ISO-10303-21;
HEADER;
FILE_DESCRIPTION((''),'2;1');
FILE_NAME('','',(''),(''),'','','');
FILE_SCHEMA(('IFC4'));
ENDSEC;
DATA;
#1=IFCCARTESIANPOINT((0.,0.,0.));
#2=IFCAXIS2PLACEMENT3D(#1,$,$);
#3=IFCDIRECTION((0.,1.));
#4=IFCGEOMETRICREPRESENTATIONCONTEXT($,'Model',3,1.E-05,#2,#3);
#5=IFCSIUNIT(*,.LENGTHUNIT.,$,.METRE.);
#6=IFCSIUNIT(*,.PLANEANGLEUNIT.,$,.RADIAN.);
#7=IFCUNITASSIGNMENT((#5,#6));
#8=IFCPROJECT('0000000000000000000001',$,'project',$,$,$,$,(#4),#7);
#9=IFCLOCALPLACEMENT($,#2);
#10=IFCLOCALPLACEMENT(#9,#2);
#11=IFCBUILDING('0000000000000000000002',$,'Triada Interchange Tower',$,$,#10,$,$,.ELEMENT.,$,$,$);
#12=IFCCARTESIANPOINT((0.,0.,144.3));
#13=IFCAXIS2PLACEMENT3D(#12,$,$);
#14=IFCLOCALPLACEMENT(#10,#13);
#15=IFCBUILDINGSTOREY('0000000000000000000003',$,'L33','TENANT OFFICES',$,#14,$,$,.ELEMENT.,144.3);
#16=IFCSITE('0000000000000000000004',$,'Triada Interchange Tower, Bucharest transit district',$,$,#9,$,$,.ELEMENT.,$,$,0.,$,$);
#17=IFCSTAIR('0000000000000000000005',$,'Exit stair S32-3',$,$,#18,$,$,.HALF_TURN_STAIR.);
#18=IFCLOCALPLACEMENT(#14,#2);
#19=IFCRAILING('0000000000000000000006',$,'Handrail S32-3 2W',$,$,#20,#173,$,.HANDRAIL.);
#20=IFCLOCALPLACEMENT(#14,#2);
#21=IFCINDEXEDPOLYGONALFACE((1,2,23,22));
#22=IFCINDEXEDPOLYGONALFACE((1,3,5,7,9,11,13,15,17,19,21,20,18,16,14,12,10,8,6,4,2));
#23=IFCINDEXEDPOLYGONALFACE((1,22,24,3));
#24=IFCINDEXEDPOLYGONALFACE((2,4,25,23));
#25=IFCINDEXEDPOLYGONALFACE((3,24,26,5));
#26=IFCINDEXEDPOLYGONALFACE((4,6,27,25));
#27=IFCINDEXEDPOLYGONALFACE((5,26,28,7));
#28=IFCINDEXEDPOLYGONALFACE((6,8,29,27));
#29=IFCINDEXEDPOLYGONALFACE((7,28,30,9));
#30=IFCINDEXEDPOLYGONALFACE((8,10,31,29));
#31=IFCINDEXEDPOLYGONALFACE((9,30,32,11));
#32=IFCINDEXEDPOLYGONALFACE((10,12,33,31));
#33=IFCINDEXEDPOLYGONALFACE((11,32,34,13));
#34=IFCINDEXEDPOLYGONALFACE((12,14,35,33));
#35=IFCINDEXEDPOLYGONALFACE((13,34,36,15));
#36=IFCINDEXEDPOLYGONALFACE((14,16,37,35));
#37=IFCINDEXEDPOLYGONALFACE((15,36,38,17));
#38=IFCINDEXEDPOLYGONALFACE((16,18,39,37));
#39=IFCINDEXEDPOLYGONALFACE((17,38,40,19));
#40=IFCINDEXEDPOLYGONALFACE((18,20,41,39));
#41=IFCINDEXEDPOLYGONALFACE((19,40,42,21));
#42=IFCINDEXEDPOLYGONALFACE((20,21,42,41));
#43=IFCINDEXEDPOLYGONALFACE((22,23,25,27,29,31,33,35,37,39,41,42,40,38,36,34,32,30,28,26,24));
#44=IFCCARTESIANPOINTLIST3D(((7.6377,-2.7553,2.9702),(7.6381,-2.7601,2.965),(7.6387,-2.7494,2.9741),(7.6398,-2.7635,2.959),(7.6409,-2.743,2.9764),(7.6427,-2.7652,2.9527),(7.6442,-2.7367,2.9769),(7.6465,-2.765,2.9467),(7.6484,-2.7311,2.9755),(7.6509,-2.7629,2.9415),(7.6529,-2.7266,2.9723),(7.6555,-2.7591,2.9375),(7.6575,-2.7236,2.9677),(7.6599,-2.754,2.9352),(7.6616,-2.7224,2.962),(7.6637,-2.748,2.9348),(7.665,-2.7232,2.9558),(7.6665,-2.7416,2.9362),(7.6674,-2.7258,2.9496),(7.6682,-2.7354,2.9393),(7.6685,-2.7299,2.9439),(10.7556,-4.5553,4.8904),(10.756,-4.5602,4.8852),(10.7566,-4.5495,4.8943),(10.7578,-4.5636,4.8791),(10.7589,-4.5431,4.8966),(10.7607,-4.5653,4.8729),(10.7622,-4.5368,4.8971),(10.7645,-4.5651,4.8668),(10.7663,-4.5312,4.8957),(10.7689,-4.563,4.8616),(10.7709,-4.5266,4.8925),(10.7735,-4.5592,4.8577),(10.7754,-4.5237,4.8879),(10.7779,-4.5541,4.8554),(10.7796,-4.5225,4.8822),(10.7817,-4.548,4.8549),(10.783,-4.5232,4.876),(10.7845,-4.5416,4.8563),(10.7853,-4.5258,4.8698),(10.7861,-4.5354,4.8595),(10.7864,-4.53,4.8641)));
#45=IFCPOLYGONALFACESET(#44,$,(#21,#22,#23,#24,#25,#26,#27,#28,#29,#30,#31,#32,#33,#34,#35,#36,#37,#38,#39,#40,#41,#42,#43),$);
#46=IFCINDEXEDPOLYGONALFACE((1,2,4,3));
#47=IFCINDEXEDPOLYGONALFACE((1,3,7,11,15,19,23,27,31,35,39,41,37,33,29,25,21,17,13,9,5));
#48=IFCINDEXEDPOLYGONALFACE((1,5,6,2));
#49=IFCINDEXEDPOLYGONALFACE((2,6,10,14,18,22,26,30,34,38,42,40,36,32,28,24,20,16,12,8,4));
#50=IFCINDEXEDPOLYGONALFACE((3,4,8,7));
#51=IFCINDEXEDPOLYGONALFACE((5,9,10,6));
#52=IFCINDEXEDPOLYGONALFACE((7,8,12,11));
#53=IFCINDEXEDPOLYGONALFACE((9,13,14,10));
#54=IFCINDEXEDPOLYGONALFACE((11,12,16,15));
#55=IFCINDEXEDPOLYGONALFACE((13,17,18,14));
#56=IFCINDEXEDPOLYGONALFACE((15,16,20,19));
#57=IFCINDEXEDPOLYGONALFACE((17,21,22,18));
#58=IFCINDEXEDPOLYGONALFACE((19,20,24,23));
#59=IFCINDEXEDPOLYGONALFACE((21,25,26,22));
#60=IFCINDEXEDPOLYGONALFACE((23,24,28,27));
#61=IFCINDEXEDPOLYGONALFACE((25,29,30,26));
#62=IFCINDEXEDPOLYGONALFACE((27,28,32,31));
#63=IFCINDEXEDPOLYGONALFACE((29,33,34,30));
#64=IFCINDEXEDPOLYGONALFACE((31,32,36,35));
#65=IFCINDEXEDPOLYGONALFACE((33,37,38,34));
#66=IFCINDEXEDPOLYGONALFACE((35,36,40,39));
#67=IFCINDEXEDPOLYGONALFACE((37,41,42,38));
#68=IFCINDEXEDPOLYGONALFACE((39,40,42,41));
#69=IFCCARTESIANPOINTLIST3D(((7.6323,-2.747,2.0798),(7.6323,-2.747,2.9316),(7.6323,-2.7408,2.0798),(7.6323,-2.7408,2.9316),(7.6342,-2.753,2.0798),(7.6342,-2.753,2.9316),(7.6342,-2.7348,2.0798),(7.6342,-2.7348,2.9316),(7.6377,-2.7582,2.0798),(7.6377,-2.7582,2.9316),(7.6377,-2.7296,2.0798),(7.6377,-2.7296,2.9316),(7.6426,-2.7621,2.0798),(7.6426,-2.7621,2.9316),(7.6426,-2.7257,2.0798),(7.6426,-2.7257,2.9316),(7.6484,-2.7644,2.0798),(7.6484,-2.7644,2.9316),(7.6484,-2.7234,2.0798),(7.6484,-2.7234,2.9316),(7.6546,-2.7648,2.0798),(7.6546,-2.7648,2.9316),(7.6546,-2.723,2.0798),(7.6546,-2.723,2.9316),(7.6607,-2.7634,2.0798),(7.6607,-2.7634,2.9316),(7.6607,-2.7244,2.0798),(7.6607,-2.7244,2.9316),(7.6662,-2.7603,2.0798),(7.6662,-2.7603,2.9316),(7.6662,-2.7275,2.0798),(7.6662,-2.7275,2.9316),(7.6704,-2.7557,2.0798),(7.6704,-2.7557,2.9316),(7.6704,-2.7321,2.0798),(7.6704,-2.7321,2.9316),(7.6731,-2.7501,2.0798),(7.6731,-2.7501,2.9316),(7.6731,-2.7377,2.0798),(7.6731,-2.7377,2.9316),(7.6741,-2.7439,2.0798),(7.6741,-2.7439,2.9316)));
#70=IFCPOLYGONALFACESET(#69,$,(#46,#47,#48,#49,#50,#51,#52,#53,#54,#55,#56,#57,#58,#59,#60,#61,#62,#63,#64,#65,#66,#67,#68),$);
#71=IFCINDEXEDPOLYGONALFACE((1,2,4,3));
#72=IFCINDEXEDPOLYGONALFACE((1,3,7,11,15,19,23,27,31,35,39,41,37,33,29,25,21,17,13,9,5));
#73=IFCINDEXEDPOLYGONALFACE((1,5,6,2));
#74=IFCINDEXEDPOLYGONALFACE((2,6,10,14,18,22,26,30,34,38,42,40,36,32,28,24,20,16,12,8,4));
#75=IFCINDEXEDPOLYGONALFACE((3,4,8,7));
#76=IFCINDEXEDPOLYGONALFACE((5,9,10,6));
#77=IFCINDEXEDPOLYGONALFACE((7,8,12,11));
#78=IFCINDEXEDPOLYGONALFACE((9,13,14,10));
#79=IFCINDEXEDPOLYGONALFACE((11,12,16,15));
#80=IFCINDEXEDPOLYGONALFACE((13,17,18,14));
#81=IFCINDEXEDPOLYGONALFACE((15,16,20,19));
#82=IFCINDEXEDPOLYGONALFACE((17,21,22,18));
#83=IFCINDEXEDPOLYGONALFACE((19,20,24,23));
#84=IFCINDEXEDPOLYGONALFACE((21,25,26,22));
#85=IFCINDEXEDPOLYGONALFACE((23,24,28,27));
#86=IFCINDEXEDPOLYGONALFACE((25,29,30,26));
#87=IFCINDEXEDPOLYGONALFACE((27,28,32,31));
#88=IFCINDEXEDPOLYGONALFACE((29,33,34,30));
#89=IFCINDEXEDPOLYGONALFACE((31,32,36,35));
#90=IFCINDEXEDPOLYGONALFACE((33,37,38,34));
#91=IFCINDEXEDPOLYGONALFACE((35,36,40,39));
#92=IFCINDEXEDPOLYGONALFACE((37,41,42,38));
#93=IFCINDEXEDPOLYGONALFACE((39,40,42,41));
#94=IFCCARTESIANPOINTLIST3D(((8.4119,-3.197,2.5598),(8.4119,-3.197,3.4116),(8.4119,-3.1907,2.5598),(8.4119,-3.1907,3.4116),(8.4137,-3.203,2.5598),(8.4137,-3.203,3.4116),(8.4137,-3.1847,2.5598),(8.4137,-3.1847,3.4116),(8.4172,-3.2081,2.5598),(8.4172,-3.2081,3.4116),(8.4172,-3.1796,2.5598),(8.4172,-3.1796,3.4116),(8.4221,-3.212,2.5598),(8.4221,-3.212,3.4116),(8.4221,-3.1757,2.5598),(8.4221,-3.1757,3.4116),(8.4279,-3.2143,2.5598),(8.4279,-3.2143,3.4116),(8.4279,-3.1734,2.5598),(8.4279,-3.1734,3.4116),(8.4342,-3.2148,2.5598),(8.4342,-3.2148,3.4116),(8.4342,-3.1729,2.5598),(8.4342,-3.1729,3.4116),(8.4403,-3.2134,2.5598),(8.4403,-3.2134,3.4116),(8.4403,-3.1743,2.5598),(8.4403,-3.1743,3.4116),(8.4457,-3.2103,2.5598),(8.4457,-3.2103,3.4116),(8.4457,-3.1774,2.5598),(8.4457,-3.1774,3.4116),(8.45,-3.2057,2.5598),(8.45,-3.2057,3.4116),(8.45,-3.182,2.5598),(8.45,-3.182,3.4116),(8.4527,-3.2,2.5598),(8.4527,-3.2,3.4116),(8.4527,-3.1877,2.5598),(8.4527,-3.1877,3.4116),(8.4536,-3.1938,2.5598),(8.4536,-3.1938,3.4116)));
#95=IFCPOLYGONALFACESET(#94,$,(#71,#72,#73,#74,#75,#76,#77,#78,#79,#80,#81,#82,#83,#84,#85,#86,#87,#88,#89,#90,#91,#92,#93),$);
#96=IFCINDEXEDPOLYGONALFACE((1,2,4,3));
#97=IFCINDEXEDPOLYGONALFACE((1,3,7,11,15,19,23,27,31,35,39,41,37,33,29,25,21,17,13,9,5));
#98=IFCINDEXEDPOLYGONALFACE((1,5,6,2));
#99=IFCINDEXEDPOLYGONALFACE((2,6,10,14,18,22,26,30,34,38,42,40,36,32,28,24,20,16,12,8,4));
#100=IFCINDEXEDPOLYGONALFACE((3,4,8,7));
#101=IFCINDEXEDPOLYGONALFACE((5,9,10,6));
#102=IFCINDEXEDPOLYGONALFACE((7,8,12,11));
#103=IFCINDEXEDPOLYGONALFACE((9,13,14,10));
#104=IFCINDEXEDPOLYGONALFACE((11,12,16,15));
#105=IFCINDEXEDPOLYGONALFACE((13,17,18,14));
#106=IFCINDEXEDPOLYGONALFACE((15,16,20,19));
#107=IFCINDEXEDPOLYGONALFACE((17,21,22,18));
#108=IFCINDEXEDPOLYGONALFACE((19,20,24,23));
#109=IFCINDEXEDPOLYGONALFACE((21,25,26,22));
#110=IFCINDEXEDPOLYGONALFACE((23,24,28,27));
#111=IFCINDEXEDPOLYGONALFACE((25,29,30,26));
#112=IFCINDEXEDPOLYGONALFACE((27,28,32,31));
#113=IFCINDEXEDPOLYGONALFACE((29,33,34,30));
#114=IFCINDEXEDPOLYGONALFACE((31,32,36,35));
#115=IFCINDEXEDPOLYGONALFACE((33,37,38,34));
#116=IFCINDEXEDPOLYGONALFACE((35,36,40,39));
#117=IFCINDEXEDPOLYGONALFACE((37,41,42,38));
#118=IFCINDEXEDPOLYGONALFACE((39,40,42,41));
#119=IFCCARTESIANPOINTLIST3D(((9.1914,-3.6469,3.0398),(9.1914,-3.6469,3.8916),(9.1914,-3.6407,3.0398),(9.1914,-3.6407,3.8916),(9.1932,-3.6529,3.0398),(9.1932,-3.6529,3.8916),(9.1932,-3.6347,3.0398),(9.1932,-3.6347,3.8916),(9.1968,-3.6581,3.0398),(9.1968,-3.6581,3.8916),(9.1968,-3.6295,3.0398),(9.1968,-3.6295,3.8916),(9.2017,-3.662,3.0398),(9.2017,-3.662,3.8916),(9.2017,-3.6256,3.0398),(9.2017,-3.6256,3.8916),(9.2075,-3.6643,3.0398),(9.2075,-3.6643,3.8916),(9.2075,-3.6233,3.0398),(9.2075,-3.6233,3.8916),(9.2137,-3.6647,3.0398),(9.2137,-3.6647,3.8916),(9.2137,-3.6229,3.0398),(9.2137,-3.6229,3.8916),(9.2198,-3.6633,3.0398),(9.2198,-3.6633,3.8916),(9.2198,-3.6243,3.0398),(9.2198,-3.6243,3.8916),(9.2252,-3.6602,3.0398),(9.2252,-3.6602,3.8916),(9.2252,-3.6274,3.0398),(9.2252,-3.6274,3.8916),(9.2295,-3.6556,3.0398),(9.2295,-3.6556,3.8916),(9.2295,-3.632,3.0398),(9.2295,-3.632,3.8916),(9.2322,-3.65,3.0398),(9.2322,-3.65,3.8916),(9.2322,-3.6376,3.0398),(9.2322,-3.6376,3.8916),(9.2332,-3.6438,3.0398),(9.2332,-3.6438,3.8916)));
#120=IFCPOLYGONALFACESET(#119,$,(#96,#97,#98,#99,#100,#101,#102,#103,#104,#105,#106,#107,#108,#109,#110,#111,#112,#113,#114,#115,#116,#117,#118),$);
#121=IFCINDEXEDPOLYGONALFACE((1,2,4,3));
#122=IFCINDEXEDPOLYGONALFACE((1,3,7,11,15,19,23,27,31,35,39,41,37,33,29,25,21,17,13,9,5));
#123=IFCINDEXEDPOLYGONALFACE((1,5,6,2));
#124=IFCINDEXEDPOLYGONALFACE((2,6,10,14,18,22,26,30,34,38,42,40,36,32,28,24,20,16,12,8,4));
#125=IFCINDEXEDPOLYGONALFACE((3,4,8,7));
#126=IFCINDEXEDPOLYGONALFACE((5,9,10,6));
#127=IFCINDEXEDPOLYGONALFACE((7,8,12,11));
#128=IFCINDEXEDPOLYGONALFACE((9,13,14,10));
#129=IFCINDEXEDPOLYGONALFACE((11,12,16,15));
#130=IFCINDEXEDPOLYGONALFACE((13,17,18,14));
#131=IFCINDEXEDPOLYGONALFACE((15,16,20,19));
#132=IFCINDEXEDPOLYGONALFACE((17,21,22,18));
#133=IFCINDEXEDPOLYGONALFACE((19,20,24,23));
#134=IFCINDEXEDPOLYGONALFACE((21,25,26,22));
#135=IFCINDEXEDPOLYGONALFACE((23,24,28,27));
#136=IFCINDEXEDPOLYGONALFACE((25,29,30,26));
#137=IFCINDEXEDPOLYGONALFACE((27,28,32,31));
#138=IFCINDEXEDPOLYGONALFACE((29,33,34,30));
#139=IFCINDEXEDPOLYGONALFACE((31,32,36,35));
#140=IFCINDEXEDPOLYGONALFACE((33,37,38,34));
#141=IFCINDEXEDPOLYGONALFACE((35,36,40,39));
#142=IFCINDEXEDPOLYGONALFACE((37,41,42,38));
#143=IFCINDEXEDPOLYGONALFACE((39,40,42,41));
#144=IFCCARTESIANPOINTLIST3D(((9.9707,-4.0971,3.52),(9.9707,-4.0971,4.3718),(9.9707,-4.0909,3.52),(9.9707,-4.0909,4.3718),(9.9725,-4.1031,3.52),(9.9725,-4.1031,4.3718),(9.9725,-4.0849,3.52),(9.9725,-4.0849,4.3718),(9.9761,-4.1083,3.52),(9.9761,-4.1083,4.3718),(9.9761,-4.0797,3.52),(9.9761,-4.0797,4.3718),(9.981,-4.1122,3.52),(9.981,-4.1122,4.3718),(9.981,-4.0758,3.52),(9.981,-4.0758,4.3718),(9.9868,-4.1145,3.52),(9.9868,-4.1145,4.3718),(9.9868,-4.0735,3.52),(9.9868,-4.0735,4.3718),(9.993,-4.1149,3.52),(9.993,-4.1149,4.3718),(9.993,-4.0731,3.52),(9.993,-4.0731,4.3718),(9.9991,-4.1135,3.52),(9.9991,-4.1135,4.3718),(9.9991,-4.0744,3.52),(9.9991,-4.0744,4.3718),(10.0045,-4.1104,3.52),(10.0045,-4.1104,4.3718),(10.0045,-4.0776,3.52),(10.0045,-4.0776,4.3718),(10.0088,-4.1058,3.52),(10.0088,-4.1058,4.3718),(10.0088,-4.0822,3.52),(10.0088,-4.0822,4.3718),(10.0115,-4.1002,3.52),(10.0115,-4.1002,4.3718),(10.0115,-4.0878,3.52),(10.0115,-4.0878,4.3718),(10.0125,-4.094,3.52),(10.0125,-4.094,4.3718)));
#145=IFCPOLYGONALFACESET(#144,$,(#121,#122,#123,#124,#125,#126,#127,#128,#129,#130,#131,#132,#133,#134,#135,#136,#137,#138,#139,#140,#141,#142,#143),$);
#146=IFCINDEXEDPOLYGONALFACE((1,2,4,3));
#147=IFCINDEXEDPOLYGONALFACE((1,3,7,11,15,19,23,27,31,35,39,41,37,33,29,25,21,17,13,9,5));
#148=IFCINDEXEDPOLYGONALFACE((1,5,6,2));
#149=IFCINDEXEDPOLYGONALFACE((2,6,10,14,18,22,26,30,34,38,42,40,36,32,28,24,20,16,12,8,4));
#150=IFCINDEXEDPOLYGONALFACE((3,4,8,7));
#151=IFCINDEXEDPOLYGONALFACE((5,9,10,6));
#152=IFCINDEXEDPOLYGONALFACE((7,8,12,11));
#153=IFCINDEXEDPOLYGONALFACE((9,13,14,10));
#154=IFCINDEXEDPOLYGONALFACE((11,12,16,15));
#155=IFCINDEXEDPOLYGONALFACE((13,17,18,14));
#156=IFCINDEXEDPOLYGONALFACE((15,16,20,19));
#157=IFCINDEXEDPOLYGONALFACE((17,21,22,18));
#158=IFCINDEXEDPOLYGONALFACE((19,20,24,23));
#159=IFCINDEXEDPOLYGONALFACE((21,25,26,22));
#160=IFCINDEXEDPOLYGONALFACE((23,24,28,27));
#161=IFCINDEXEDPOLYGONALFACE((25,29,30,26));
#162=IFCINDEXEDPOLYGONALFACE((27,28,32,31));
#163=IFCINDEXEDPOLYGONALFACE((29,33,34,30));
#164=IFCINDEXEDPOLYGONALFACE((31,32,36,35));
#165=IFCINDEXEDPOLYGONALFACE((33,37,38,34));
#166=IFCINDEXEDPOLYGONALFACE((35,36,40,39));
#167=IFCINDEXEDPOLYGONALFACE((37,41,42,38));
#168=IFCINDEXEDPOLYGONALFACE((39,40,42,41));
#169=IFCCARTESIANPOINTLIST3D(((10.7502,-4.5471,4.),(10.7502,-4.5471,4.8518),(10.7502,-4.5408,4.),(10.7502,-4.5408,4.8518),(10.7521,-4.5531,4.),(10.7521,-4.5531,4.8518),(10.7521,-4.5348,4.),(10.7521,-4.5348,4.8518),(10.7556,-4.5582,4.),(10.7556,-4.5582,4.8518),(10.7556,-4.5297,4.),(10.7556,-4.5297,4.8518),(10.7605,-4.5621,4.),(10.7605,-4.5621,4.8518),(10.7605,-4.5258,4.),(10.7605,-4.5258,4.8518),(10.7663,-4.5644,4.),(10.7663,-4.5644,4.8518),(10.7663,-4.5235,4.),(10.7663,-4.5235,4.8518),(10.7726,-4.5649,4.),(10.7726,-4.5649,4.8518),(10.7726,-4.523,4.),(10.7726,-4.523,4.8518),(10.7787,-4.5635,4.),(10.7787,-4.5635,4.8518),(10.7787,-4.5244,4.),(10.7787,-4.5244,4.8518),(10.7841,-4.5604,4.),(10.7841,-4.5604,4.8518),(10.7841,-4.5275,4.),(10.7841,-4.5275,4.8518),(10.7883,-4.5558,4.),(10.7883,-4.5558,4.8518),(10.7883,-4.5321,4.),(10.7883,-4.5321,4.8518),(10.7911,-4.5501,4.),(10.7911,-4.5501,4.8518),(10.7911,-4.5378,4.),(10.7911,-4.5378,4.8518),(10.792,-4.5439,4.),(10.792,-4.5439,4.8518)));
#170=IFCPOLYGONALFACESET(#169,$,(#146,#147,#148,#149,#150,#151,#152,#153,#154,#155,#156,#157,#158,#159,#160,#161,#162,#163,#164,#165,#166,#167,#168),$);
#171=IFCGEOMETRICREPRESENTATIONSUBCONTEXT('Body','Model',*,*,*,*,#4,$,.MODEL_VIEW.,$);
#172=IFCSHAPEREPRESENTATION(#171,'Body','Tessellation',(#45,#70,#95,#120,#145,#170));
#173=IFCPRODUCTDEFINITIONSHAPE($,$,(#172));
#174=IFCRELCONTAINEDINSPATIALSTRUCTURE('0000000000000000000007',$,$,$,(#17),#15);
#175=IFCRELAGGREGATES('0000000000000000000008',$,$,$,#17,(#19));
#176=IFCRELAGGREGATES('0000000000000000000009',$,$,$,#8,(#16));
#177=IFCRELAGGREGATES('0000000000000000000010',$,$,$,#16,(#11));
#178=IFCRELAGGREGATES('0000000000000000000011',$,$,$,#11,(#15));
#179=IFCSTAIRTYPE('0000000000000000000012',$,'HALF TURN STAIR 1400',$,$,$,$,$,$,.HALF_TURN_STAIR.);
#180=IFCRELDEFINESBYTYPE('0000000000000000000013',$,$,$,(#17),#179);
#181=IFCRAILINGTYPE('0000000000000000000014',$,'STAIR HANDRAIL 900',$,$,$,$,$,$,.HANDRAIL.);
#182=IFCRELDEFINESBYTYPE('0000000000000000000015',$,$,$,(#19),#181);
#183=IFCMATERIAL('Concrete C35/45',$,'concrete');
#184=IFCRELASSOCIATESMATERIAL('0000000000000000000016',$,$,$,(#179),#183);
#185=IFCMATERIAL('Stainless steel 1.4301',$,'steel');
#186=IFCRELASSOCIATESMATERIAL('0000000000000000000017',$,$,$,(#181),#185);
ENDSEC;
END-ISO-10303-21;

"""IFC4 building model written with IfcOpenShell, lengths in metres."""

from ifc_helpers import new_model, si_unit, direction, frame, origin, origin_2d, place, context, subcontext, project, spatial, circle, extrude, material, type_object, element, aggregate, save


model = new_model("IFC4")

# Units and contexts
model_context = context("Model", 3, precision=1e-05, world=origin(), true_north=direction((0.0, 1.0)))
body_context = subcontext(model_context, "Body", "Model", "MODEL_VIEW")
ifc_project = project(units=[si_unit("LENGTHUNIT", "METRE"), si_unit("PLANEANGLEUNIT", "RADIAN")], contexts=[model_context])

# Site, building, storey
site_placement = place(None, origin())
site = spatial("IfcSite", under=ifc_project, at=site_placement, Name="Triada Interchange Tower, Bucharest transit district", CompositionType="ELEMENT", RefElevation=0.0)
building_placement = place(site_placement, origin())
building = spatial("IfcBuilding", under=site, at=building_placement, Name="Triada Interchange Tower", CompositionType="ELEMENT")
storey_placement = place(building_placement, frame((0.0, 0.0, 144.3)))
storey = spatial("IfcBuildingStorey", under=building, at=storey_placement, Name="L33", Description="TENANT OFFICES", CompositionType="ELEMENT", Elevation=144.3)

# Stair
ifc_material_1 = material(Name="Concrete C35/45", Category="concrete")
stair_type = type_object("IfcStairType", Name="HALF TURN STAIR 1400", PredefinedType="HALF_TURN_STAIR", material=ifc_material_1)
stair_placement = place(storey_placement, origin())
stair = element("IfcStair", 1, at=stair_placement, inside=storey, type_object=stair_type, Name="Exit stair S32-3", PredefinedType="HALF_TURN_STAIR")

# Railing
ifc_material_2 = material(Name="Stainless steel 1.4301", Category="steel")
railing_type = type_object("IfcRailingType", Name="STAIR HANDRAIL 900", PredefinedType="HANDRAIL", material=ifc_material_2)
railing_1_placement = place(storey_placement, frame((7.6531, -2.7439, 2.0798)))
railing_1 = element("IfcRailing", 2, at=railing_1_placement, type_object=railing_type, Name="Handrail S32-3 2W", PredefinedType="HANDRAIL", context=body_context, shape_type="SweptSolid", body=[
    extrude(circle(Radius=0.0239, at=origin_2d()), frame((0.0, 0.0, 0.876), z_axis=(0.764145, -0.441159, 0.470597), x_axis=(0.499983, 0.866035, 0.0)), (0.0, 0.0, 1.0), 4.0803),
    extrude(circle(Radius=0.021, at=origin_2d()), origin(), (0.0, 0.0, 1.0), 0.8518),
    extrude(circle(Radius=0.021, at=origin_2d()), frame((0.7795, -0.45, 0.48)), (0.0, 0.0, 1.0), 0.8518),
    extrude(circle(Radius=0.021, at=origin_2d()), frame((1.5591, -0.8999, 0.96)), (0.0, 0.0, 1.0), 0.8518),
    extrude(circle(Radius=0.021, at=origin_2d()), frame((2.3384, -1.3501, 1.4402)), (0.0, 0.0, 1.0), 0.8518),
    extrude(circle(Radius=0.021, at=origin_2d()), frame((3.1179, -1.8, 1.9202)), (0.0, 0.0, 1.0), 0.8518),
])
aggregate(stair, [railing_1])

save(model, "model.ifc")
